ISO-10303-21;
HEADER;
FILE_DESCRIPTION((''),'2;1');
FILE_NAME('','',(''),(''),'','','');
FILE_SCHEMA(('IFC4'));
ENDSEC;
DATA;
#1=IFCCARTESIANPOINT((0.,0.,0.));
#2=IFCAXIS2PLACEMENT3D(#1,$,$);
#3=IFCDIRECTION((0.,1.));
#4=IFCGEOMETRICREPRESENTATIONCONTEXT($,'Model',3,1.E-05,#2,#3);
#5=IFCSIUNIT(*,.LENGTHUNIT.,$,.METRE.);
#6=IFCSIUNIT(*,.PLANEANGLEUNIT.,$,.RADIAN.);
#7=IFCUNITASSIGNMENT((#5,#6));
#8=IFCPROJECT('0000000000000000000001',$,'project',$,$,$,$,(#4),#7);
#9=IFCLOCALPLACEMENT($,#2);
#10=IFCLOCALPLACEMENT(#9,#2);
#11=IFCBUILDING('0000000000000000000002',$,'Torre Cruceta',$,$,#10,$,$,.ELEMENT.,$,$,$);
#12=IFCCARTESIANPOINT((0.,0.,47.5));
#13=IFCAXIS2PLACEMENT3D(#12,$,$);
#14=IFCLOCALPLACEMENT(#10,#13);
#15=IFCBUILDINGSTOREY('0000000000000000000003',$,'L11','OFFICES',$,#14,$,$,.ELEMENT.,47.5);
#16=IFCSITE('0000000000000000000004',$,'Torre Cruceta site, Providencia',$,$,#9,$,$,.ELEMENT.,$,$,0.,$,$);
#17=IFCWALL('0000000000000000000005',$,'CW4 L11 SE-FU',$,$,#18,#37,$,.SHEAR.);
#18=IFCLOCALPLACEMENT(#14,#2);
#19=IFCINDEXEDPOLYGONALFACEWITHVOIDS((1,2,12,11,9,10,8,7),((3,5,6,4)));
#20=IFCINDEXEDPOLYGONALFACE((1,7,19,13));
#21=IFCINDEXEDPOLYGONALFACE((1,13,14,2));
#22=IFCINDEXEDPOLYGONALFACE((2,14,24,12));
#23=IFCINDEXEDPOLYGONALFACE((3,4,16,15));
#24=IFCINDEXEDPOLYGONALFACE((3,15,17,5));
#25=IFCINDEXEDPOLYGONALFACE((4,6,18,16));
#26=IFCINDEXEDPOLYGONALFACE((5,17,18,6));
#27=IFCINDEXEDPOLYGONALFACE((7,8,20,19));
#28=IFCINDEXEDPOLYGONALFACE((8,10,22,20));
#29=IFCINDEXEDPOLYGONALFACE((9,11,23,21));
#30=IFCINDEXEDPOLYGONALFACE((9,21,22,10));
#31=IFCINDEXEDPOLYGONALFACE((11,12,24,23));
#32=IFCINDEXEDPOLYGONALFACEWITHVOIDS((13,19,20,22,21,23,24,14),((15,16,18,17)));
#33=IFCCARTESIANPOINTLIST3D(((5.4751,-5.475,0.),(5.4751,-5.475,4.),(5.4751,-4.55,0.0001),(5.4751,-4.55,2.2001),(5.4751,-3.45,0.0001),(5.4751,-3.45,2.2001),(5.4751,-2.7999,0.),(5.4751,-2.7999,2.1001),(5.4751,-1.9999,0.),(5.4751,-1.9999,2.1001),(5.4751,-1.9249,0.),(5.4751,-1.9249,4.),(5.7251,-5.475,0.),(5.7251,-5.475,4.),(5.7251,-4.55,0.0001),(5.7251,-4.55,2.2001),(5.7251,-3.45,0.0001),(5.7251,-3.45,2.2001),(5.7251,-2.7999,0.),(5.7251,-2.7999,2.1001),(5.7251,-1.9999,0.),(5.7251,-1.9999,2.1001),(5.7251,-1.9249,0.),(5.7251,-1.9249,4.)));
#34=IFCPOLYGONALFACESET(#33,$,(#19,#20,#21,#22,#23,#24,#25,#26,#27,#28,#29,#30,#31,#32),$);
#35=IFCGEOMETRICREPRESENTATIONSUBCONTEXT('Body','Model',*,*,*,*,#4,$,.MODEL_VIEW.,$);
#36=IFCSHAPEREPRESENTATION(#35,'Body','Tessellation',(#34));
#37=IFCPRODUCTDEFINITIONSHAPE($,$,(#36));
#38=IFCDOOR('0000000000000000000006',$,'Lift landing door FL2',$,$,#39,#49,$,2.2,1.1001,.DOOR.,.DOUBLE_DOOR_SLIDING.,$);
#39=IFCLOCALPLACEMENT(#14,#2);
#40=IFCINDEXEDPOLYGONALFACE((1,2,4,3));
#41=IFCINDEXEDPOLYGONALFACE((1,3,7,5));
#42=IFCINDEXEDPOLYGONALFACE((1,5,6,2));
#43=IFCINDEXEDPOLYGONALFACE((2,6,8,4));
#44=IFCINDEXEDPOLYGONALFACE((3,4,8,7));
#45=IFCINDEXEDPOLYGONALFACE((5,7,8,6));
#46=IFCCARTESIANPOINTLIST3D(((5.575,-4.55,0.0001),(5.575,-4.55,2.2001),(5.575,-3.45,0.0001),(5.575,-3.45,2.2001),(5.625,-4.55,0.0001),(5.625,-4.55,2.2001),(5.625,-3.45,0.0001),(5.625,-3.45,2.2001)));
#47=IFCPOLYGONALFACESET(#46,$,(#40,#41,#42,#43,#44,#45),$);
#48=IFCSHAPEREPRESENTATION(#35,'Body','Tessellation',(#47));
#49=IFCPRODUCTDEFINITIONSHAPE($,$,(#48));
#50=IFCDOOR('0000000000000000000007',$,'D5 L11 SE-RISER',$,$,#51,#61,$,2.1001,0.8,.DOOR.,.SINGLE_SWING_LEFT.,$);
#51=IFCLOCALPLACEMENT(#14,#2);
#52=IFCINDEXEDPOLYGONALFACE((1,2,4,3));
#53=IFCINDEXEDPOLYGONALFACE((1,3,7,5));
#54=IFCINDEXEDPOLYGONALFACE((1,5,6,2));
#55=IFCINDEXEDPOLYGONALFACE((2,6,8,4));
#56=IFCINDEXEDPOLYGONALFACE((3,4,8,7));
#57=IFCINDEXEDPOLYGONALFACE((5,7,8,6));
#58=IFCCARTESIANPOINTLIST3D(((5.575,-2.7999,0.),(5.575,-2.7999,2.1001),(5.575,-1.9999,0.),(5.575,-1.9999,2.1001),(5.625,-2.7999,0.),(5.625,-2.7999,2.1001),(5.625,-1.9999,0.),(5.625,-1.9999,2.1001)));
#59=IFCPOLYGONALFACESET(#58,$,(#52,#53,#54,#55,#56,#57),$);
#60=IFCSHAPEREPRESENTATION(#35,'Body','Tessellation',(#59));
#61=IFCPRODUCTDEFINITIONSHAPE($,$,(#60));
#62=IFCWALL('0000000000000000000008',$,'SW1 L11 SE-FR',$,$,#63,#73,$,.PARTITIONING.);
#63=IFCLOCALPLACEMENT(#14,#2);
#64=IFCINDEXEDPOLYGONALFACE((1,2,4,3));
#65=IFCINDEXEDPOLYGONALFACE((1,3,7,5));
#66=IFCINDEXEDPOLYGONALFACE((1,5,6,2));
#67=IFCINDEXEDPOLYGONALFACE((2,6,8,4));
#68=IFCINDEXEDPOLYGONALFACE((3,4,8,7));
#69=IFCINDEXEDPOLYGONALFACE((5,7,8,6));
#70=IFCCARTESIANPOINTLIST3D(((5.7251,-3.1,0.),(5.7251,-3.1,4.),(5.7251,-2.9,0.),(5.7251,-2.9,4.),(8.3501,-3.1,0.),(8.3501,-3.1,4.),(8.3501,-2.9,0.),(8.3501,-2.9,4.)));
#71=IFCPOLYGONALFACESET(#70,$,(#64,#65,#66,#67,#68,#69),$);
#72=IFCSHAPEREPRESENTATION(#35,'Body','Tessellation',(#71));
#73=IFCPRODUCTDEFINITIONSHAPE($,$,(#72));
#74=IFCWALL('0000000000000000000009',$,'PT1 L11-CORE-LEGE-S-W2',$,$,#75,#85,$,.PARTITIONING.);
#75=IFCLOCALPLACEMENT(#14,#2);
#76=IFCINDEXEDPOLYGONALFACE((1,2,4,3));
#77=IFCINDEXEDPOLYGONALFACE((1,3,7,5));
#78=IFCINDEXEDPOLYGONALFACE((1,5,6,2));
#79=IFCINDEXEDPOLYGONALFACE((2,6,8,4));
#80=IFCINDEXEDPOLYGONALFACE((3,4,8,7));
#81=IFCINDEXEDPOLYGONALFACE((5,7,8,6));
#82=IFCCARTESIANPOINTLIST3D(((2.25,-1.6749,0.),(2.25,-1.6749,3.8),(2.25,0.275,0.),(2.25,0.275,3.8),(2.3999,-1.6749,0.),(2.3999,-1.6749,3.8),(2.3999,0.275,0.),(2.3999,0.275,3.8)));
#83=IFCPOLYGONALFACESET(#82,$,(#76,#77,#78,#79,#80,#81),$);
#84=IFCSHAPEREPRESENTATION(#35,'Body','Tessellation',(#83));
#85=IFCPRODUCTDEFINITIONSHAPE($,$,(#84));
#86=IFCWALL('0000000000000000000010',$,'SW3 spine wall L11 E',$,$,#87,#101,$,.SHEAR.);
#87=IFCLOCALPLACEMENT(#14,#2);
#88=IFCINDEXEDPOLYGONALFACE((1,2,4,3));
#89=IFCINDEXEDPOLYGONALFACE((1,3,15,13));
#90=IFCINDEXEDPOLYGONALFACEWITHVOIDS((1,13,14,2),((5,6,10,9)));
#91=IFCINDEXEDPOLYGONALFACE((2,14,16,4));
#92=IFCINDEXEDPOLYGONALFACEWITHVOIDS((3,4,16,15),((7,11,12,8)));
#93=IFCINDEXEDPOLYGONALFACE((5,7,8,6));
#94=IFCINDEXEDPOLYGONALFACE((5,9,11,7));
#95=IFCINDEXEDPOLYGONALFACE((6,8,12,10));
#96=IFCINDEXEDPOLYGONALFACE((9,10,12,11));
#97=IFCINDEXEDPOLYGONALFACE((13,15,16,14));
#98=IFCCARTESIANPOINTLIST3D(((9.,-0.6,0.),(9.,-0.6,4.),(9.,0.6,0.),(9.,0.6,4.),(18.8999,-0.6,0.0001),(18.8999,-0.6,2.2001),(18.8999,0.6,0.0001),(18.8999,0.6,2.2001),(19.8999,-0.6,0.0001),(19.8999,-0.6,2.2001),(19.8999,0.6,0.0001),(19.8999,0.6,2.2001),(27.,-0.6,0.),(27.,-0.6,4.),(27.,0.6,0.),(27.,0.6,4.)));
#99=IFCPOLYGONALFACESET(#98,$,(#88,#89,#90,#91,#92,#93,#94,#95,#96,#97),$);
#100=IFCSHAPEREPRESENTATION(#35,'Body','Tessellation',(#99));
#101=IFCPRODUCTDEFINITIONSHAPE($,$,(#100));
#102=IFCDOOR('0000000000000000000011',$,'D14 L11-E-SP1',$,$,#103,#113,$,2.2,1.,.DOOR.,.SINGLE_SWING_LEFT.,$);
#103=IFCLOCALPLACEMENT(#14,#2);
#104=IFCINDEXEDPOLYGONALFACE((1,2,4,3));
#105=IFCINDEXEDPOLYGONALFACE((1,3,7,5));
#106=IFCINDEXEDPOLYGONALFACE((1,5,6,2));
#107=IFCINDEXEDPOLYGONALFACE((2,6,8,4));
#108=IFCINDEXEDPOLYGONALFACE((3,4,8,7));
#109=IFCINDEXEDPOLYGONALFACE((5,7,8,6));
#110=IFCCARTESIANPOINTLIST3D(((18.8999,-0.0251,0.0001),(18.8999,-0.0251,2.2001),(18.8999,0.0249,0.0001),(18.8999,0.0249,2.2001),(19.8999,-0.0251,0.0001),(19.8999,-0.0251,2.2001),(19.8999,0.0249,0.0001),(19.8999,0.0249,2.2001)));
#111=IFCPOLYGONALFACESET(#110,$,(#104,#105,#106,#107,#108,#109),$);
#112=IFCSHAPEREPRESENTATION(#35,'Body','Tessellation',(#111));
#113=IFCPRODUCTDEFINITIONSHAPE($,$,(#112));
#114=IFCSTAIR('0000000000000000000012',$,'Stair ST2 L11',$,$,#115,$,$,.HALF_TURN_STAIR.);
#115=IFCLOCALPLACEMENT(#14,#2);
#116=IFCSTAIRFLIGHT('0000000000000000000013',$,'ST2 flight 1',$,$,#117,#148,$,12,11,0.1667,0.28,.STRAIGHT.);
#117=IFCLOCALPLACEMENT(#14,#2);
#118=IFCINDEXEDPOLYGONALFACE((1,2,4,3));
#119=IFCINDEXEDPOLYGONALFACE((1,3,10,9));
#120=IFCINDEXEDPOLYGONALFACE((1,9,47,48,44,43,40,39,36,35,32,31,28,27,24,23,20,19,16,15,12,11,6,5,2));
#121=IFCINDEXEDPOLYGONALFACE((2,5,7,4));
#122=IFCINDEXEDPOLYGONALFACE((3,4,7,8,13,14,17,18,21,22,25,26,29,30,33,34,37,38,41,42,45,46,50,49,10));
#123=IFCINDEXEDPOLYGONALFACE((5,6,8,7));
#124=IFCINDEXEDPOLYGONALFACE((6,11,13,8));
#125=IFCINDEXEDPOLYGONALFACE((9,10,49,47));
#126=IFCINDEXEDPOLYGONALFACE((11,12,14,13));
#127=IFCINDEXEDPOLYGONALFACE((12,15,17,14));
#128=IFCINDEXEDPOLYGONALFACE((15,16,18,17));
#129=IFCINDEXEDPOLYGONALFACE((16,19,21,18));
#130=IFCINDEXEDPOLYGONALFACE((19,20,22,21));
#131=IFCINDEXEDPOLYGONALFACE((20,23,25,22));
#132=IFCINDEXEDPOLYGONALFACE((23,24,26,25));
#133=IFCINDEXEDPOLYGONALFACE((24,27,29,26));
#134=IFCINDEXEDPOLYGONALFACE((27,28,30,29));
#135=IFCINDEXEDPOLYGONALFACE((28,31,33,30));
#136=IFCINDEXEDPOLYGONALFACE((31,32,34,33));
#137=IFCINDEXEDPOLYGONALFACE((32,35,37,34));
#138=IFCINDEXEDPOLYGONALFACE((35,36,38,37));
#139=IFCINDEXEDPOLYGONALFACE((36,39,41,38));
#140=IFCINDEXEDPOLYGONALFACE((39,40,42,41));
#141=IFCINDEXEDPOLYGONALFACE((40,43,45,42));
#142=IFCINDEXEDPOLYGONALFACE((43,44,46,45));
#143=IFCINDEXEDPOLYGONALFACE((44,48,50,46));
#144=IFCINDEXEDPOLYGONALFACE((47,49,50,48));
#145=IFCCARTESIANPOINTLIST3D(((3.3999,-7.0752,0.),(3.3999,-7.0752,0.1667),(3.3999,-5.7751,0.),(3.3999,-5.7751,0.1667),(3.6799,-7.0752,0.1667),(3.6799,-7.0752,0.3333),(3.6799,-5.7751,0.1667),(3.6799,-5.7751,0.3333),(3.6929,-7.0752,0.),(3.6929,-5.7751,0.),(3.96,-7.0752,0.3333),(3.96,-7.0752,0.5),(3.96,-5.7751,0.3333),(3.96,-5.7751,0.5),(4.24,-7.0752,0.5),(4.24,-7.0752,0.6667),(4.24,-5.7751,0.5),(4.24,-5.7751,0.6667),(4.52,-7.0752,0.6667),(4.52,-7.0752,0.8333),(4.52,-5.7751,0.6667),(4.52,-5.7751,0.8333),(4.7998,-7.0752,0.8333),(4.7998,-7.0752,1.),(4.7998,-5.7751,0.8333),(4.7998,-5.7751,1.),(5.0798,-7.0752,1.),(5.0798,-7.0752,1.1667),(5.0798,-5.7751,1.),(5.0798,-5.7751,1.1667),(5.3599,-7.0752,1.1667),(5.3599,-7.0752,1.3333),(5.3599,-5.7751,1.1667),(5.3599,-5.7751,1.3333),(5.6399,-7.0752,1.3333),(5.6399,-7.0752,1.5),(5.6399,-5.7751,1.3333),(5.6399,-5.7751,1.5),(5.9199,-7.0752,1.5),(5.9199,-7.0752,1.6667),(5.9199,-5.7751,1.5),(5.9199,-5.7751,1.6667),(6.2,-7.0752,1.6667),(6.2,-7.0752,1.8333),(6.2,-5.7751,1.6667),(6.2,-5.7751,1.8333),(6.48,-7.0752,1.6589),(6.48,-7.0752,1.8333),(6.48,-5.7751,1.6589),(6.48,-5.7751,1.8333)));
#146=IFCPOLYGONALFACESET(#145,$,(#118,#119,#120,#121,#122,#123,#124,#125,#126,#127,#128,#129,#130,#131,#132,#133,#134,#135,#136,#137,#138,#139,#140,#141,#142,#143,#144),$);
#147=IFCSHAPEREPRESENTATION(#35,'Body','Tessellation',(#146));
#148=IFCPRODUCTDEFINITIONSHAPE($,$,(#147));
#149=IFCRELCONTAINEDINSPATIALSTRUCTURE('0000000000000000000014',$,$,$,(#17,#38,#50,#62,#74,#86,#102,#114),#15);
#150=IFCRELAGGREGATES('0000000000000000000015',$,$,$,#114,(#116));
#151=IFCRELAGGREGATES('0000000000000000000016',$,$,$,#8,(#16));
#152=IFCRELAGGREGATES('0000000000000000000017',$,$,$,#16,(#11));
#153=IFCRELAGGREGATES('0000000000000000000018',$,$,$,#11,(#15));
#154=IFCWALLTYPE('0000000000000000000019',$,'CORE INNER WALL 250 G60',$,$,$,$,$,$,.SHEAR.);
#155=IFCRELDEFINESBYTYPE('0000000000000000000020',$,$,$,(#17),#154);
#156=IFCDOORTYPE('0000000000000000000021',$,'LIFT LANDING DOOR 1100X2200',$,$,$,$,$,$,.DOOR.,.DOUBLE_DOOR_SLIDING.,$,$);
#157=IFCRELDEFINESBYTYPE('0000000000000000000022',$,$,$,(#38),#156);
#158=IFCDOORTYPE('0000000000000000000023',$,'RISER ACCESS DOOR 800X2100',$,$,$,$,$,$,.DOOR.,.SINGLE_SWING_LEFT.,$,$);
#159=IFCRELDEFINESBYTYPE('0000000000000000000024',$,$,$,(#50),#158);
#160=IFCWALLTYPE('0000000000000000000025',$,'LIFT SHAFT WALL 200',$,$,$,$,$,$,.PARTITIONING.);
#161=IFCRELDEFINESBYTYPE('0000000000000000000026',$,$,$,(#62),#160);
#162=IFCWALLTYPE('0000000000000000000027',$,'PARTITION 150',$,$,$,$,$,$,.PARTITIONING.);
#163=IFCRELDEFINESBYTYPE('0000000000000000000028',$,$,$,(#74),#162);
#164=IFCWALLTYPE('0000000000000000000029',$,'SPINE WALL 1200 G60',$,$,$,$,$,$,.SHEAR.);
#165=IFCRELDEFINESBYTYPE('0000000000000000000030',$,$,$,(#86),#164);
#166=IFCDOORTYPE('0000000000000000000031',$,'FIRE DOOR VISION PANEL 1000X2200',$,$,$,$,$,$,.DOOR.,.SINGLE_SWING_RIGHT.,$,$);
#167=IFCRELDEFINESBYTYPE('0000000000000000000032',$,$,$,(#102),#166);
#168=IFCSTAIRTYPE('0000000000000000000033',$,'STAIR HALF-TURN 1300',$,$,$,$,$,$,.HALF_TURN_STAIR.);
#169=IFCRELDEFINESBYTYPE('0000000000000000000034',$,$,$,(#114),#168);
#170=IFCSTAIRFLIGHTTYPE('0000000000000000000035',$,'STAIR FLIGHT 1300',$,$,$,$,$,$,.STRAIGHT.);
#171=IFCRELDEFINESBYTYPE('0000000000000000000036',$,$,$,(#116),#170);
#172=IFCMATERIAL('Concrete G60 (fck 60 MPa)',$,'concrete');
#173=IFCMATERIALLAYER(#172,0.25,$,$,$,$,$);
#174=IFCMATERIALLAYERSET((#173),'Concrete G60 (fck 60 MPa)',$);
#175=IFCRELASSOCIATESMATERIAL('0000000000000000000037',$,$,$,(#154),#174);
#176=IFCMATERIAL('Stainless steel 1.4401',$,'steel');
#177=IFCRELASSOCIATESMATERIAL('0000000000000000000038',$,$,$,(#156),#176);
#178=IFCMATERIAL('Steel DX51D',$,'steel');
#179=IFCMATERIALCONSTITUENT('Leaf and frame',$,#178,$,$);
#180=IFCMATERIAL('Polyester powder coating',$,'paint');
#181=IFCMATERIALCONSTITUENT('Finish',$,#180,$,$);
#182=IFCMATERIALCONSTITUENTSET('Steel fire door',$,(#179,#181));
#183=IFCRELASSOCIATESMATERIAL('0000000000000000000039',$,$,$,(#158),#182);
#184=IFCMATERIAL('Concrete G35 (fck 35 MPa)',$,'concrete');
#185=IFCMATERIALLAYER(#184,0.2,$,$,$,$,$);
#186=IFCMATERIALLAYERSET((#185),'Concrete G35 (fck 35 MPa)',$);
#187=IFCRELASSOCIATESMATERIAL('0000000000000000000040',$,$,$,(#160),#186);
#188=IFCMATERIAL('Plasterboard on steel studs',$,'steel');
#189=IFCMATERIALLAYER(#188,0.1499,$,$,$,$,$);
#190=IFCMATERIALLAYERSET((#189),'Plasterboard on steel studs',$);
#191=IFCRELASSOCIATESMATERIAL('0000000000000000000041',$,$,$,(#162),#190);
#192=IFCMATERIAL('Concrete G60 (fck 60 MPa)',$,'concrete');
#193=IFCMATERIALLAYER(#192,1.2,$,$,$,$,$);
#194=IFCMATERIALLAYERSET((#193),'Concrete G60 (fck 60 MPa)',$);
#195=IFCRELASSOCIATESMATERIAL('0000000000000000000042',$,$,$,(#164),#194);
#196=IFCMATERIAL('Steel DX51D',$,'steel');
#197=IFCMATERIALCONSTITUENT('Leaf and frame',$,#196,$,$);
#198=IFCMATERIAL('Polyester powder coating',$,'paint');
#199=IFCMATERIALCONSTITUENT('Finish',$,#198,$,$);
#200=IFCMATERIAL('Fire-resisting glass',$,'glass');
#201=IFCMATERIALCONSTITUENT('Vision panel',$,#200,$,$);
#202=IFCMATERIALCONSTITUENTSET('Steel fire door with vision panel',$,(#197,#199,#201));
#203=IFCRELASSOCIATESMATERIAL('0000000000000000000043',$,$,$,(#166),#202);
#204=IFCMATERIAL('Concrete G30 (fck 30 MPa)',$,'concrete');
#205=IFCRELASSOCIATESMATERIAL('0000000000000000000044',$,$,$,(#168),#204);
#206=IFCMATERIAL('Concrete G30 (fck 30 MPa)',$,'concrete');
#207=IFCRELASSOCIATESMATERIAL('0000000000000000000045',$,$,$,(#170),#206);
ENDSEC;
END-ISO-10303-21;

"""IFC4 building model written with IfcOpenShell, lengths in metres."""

from ifc_helpers import new_model, si_unit, direction, frame, frame_2d, origin, place, context, subcontext, project, spatial, polyline, rectangle, outline, extrude, material, layer, layer_set, constituent, constituent_set, type_object, element, fill, aggregate, save


model = new_model("IFC4")

# Units and contexts
model_context = context("Model", 3, precision=1e-05, world=origin(), true_north=direction((0.0, 1.0)))
body_context = subcontext(model_context, "Body", "Model", "MODEL_VIEW")
ifc_project = project(units=[si_unit("LENGTHUNIT", "METRE"), si_unit("PLANEANGLEUNIT", "RADIAN")], contexts=[model_context])

# Site, building, storey
site_placement = place(None, origin())
site = spatial("IfcSite", under=ifc_project, at=site_placement, Name="Torre Cruceta site, Providencia", CompositionType="ELEMENT", RefElevation=0.0)
building_placement = place(site_placement, origin())
building = spatial("IfcBuilding", under=site, at=building_placement, Name="Torre Cruceta", CompositionType="ELEMENT")
storey_placement = place(building_placement, frame((0.0, 0.0, 47.5)))
storey = spatial("IfcBuildingStorey", under=building, at=storey_placement, Name="L11", Description="OFFICES", CompositionType="ELEMENT", Elevation=47.5)

# Shared definitions
ifc_material_1 = material(Name="Concrete G60 (fck 60 MPa)", Category="concrete")
ifc_layer_1 = layer(ifc_material_1, 0.25)
ifc_layer_set_1 = layer_set([ifc_layer_1], Name="Concrete G60 (fck 60 MPa)")
wall_type_1 = type_object("IfcWallType", Name="CORE INNER WALL 250 G60", PredefinedType="SHEAR", material=ifc_layer_set_1)

# Wall, openings, doors
wall_1_placement = place(storey_placement, frame((5.6001, -1.925, 0.0), z_axis=(0.0, 0.0, 1.0), x_axis=(0.0, -1.0, 0.0)))
wall_1 = element("IfcWall", 1, at=wall_1_placement, inside=storey, type_object=wall_type_1, Name="CW4 L11 SE-FU", PredefinedType="SHEAR", context=body_context, shape_type="SweptSolid", body=[
    extrude(rectangle(XDim=3.55, YDim=0.25, at=frame_2d((1.7749, 0.0))), origin(), (0.0, 0.0, 1.0), 4.0),
])
opening_1_placement = place(wall_1_placement, frame((1.5249, 0.0, 0.0)))
opening_1 = element("IfcOpeningElement", 2, at=opening_1_placement, cuts=wall_1, PredefinedType="OPENING", context=body_context, shape_type="SweptSolid", body=[
    extrude(rectangle(XDim=1.1001, YDim=2.2, at=frame_2d((0.55, 1.1001))), frame((0.0, 0.135, 0.0), z_axis=(0.0, -1.0, 0.0), x_axis=(1.0, 0.0, 0.0)), (0.0, 0.0, 1.0), 0.27),
])
opening_2_placement = place(wall_1_placement, frame((0.075, 0.0, 0.0)))
opening_2 = element("IfcOpeningElement", 3, at=opening_2_placement, cuts=wall_1, PredefinedType="OPENING", context=body_context, shape_type="SweptSolid", body=[
    extrude(rectangle(XDim=0.8, YDim=2.1001, at=frame_2d((0.3999, 1.05))), frame((0.0, 0.135, 0.0), z_axis=(0.0, -1.0, 0.0), x_axis=(1.0, 0.0, 0.0)), (0.0, 0.0, 1.0), 0.27),
])
ifc_material_2 = material(Name="Stainless steel 1.4401", Category="steel")
door_type_1 = type_object("IfcDoorType", Name="LIFT LANDING DOOR 1100X2200", OperationType="DOUBLE_DOOR_SLIDING", PredefinedType="DOOR", material=ifc_material_2)
door_1_placement = place(opening_1_placement, origin())
door_1 = element("IfcDoor", 4, at=door_1_placement, inside=storey, type_object=door_type_1, Name="Lift landing door FL2", OperationType="DOUBLE_DOOR_SLIDING", OverallHeight=2.2, OverallWidth=1.1001, PredefinedType="DOOR", context=body_context, shape_type="SweptSolid", body=[
    extrude(rectangle(XDim=1.1001, YDim=2.2, at=frame_2d((0.55, 1.1001))), frame((0.0, 0.0249, 0.0), z_axis=(0.0, -1.0, 0.0), x_axis=(1.0, 0.0, 0.0)), (0.0, 0.0, 1.0), 0.05),
])
fill(opening_1, door_1)
ifc_material_3 = material(Name="Steel DX51D", Category="steel")
ifc_constituent_1 = constituent(ifc_material_3, Name="Leaf and frame")
ifc_material_4 = material(Name="Polyester powder coating", Category="paint")
ifc_constituent_2 = constituent(ifc_material_4, Name="Finish")
ifc_constituent_set_1 = constituent_set(constituents=[ifc_constituent_1, ifc_constituent_2], Name="Steel fire door")
door_type_2 = type_object("IfcDoorType", Name="RISER ACCESS DOOR 800X2100", OperationType="SINGLE_SWING_LEFT", PredefinedType="DOOR", material=ifc_constituent_set_1)
door_2_placement = place(opening_2_placement, origin())
door_2 = element("IfcDoor", 5, at=door_2_placement, inside=storey, type_object=door_type_2, Name="D5 L11 SE-RISER", OperationType="SINGLE_SWING_LEFT", OverallHeight=2.1001, OverallWidth=0.8, PredefinedType="DOOR", context=body_context, shape_type="SweptSolid", body=[
    extrude(rectangle(XDim=0.8, YDim=2.1001, at=frame_2d((0.3999, 1.05))), frame((0.0, 0.0249, 0.0), z_axis=(0.0, -1.0, 0.0), x_axis=(1.0, 0.0, 0.0)), (0.0, 0.0, 1.0), 0.05),
])
fill(opening_2, door_2)

# Walls
ifc_material_5 = material(Name="Concrete G35 (fck 35 MPa)", Category="concrete")
ifc_layer_2 = layer(ifc_material_5, 0.2)
ifc_layer_set_2 = layer_set([ifc_layer_2], Name="Concrete G35 (fck 35 MPa)")
wall_type_2 = type_object("IfcWallType", Name="LIFT SHAFT WALL 200", PredefinedType="PARTITIONING", material=ifc_layer_set_2)
wall_2_placement = place(storey_placement, frame((5.7251, -3.0, 0.0), z_axis=(0.0, 0.0, 1.0), x_axis=(1.0, 0.0, 0.0)))
element("IfcWall", 6, at=wall_2_placement, inside=storey, type_object=wall_type_2, Name="SW1 L11 SE-FR", PredefinedType="PARTITIONING", context=body_context, shape_type="SweptSolid", body=[
    extrude(rectangle(XDim=2.625, YDim=0.2, at=frame_2d((1.3125, 0.0))), origin(), (0.0, 0.0, 1.0), 4.0),
])
ifc_material_6 = material(Name="Plasterboard on steel studs", Category="steel")
ifc_layer_3 = layer(ifc_material_6, 0.1499)
ifc_layer_set_3 = layer_set([ifc_layer_3], Name="Plasterboard on steel studs")
wall_type_3 = type_object("IfcWallType", Name="PARTITION 150", PredefinedType="PARTITIONING", material=ifc_layer_set_3)
wall_3_placement = place(storey_placement, frame((2.325, -1.675, 0.0), z_axis=(0.0, 0.0, 1.0), x_axis=(0.0, 1.0, 0.0)))
element("IfcWall", 7, at=wall_3_placement, inside=storey, type_object=wall_type_3, Name="PT1 L11-CORE-LEGE-S-W2", PredefinedType="PARTITIONING", context=body_context, shape_type="SweptSolid", body=[
    extrude(rectangle(XDim=1.95, YDim=0.1499, at=frame_2d((0.9751, 0.0))), origin(), (0.0, 0.0, 1.0), 3.8),
])

# Wall, opening, door
ifc_material_7 = material(Name="Concrete G60 (fck 60 MPa)", Category="concrete")
ifc_layer_4 = layer(ifc_material_7, 1.2)
ifc_layer_set_4 = layer_set([ifc_layer_4], Name="Concrete G60 (fck 60 MPa)")
wall_type_4 = type_object("IfcWallType", Name="SPINE WALL 1200 G60", PredefinedType="SHEAR", material=ifc_layer_set_4)
wall_4_placement = place(storey_placement, frame((9.0, 0.0, 0.0), z_axis=(0.0, 0.0, 1.0), x_axis=(1.0, 0.0, 0.0)))
wall_4 = element("IfcWall", 8, at=wall_4_placement, inside=storey, type_object=wall_type_4, Name="SW3 spine wall L11 E", PredefinedType="SHEAR", context=body_context, shape_type="SweptSolid", body=[
    extrude(rectangle(XDim=18.0, YDim=1.2, at=frame_2d((9.0, 0.0))), origin(), (0.0, 0.0, 1.0), 4.0),
])
opening_3_placement = place(wall_4_placement, frame((9.8999, 0.0, 0.0)))
opening_3 = element("IfcOpeningElement", 9, at=opening_3_placement, cuts=wall_4, PredefinedType="OPENING", context=body_context, shape_type="SweptSolid", body=[
    extrude(rectangle(XDim=1.0, YDim=2.2, at=frame_2d((0.5, 1.1001))), frame((0.0, 0.6099, 0.0), z_axis=(0.0, -1.0, 0.0), x_axis=(1.0, 0.0, 0.0)), (0.0, 0.0, 1.0), 1.22),
])
ifc_material_8 = material(Name="Steel DX51D", Category="steel")
ifc_constituent_3 = constituent(ifc_material_8, Name="Leaf and frame")
ifc_material_9 = material(Name="Polyester powder coating", Category="paint")
ifc_constituent_4 = constituent(ifc_material_9, Name="Finish")
ifc_material_10 = material(Name="Fire-resisting glass", Category="glass")
ifc_constituent_5 = constituent(ifc_material_10, Name="Vision panel")
ifc_constituent_set_2 = constituent_set(constituents=[ifc_constituent_3, ifc_constituent_4, ifc_constituent_5], Name="Steel fire door with vision panel")
door_type_3 = type_object("IfcDoorType", Name="FIRE DOOR VISION PANEL 1000X2200", OperationType="SINGLE_SWING_RIGHT", PredefinedType="DOOR", material=ifc_constituent_set_2)
door_3_placement = place(opening_3_placement, frame((1.0, 0.0, 0.0), z_axis=(0.0, 0.0, 1.0), x_axis=(-1.0, 0.0, 0.0)))
door_3 = element("IfcDoor", 10, at=door_3_placement, inside=storey, type_object=door_type_3, Name="D14 L11-E-SP1", OperationType="SINGLE_SWING_LEFT", OverallHeight=2.2, OverallWidth=1.0, PredefinedType="DOOR", context=body_context, shape_type="SweptSolid", body=[
    extrude(rectangle(XDim=1.0, YDim=2.2, at=frame_2d((0.5, 1.1001))), frame((0.0, 0.0251, 0.0), z_axis=(0.0, -1.0, 0.0), x_axis=(1.0, 0.0, 0.0)), (0.0, 0.0, 1.0), 0.05),
])
fill(opening_3, door_3)

# Stair, stair flight
ifc_material_11 = material(Name="Concrete G30 (fck 30 MPa)", Category="concrete")
stair_type = type_object("IfcStairType", Name="STAIR HALF-TURN 1300", PredefinedType="HALF_TURN_STAIR", material=ifc_material_11)
stair_placement = place(storey_placement, origin())
stair = element("IfcStair", 11, at=stair_placement, inside=storey, type_object=stair_type, Name="Stair ST2 L11", PredefinedType="HALF_TURN_STAIR")
ifc_material_12 = material(Name="Concrete G30 (fck 30 MPa)", Category="concrete")
stair_flight_type = type_object("IfcStairFlightType", Name="STAIR FLIGHT 1300", PredefinedType="STRAIGHT", material=ifc_material_12)
stair_flight_1_placement = place(storey_placement, frame((3.3999, -6.425, 0.0), z_axis=(0.0, 0.0, 1.0), x_axis=(1.0, 0.0, 0.0)))
stair_flight_1 = element("IfcStairFlight", 12, at=stair_flight_1_placement, type_object=stair_flight_type, Name="ST2 flight 1", NumberOfRisers=12, NumberOfTreads=11, PredefinedType="STRAIGHT", RiserHeight=0.1667, TreadLength=0.28, context=body_context, shape_type="SweptSolid", body=[
    extrude(outline(polyline([(0.0, 0.0), (0.0, 0.1667), (0.28, 0.1667), (0.28, 0.3333), (0.5601, 0.3333), (0.5601, 0.5), (0.8401, 0.5), (0.8401, 0.6667), (1.1201, 0.6667), (1.1201, 0.8333), (1.3999, 0.8333), (1.3999, 1.0), (1.6799, 1.0), (1.6799, 1.1667), (1.96, 1.1667), (1.96, 1.3333), (2.24, 1.3333), (2.24, 1.5), (2.52, 1.5), (2.52, 1.6667), (2.8, 1.6667), (2.8, 1.8333), (3.0801, 1.8333), (3.0801, 2.0), (3.0801, 1.6589), (0.293, 0.0), (0.0, 0.0)])), frame((0.0, 0.6499, 0.0), z_axis=(0.0, -1.0, 0.0), x_axis=(1.0, 0.0, 0.0)), (0.0, 0.0, 1.0), 1.3),
])
aggregate(stair, [stair_flight_1])

save(model, "model.ifc")
